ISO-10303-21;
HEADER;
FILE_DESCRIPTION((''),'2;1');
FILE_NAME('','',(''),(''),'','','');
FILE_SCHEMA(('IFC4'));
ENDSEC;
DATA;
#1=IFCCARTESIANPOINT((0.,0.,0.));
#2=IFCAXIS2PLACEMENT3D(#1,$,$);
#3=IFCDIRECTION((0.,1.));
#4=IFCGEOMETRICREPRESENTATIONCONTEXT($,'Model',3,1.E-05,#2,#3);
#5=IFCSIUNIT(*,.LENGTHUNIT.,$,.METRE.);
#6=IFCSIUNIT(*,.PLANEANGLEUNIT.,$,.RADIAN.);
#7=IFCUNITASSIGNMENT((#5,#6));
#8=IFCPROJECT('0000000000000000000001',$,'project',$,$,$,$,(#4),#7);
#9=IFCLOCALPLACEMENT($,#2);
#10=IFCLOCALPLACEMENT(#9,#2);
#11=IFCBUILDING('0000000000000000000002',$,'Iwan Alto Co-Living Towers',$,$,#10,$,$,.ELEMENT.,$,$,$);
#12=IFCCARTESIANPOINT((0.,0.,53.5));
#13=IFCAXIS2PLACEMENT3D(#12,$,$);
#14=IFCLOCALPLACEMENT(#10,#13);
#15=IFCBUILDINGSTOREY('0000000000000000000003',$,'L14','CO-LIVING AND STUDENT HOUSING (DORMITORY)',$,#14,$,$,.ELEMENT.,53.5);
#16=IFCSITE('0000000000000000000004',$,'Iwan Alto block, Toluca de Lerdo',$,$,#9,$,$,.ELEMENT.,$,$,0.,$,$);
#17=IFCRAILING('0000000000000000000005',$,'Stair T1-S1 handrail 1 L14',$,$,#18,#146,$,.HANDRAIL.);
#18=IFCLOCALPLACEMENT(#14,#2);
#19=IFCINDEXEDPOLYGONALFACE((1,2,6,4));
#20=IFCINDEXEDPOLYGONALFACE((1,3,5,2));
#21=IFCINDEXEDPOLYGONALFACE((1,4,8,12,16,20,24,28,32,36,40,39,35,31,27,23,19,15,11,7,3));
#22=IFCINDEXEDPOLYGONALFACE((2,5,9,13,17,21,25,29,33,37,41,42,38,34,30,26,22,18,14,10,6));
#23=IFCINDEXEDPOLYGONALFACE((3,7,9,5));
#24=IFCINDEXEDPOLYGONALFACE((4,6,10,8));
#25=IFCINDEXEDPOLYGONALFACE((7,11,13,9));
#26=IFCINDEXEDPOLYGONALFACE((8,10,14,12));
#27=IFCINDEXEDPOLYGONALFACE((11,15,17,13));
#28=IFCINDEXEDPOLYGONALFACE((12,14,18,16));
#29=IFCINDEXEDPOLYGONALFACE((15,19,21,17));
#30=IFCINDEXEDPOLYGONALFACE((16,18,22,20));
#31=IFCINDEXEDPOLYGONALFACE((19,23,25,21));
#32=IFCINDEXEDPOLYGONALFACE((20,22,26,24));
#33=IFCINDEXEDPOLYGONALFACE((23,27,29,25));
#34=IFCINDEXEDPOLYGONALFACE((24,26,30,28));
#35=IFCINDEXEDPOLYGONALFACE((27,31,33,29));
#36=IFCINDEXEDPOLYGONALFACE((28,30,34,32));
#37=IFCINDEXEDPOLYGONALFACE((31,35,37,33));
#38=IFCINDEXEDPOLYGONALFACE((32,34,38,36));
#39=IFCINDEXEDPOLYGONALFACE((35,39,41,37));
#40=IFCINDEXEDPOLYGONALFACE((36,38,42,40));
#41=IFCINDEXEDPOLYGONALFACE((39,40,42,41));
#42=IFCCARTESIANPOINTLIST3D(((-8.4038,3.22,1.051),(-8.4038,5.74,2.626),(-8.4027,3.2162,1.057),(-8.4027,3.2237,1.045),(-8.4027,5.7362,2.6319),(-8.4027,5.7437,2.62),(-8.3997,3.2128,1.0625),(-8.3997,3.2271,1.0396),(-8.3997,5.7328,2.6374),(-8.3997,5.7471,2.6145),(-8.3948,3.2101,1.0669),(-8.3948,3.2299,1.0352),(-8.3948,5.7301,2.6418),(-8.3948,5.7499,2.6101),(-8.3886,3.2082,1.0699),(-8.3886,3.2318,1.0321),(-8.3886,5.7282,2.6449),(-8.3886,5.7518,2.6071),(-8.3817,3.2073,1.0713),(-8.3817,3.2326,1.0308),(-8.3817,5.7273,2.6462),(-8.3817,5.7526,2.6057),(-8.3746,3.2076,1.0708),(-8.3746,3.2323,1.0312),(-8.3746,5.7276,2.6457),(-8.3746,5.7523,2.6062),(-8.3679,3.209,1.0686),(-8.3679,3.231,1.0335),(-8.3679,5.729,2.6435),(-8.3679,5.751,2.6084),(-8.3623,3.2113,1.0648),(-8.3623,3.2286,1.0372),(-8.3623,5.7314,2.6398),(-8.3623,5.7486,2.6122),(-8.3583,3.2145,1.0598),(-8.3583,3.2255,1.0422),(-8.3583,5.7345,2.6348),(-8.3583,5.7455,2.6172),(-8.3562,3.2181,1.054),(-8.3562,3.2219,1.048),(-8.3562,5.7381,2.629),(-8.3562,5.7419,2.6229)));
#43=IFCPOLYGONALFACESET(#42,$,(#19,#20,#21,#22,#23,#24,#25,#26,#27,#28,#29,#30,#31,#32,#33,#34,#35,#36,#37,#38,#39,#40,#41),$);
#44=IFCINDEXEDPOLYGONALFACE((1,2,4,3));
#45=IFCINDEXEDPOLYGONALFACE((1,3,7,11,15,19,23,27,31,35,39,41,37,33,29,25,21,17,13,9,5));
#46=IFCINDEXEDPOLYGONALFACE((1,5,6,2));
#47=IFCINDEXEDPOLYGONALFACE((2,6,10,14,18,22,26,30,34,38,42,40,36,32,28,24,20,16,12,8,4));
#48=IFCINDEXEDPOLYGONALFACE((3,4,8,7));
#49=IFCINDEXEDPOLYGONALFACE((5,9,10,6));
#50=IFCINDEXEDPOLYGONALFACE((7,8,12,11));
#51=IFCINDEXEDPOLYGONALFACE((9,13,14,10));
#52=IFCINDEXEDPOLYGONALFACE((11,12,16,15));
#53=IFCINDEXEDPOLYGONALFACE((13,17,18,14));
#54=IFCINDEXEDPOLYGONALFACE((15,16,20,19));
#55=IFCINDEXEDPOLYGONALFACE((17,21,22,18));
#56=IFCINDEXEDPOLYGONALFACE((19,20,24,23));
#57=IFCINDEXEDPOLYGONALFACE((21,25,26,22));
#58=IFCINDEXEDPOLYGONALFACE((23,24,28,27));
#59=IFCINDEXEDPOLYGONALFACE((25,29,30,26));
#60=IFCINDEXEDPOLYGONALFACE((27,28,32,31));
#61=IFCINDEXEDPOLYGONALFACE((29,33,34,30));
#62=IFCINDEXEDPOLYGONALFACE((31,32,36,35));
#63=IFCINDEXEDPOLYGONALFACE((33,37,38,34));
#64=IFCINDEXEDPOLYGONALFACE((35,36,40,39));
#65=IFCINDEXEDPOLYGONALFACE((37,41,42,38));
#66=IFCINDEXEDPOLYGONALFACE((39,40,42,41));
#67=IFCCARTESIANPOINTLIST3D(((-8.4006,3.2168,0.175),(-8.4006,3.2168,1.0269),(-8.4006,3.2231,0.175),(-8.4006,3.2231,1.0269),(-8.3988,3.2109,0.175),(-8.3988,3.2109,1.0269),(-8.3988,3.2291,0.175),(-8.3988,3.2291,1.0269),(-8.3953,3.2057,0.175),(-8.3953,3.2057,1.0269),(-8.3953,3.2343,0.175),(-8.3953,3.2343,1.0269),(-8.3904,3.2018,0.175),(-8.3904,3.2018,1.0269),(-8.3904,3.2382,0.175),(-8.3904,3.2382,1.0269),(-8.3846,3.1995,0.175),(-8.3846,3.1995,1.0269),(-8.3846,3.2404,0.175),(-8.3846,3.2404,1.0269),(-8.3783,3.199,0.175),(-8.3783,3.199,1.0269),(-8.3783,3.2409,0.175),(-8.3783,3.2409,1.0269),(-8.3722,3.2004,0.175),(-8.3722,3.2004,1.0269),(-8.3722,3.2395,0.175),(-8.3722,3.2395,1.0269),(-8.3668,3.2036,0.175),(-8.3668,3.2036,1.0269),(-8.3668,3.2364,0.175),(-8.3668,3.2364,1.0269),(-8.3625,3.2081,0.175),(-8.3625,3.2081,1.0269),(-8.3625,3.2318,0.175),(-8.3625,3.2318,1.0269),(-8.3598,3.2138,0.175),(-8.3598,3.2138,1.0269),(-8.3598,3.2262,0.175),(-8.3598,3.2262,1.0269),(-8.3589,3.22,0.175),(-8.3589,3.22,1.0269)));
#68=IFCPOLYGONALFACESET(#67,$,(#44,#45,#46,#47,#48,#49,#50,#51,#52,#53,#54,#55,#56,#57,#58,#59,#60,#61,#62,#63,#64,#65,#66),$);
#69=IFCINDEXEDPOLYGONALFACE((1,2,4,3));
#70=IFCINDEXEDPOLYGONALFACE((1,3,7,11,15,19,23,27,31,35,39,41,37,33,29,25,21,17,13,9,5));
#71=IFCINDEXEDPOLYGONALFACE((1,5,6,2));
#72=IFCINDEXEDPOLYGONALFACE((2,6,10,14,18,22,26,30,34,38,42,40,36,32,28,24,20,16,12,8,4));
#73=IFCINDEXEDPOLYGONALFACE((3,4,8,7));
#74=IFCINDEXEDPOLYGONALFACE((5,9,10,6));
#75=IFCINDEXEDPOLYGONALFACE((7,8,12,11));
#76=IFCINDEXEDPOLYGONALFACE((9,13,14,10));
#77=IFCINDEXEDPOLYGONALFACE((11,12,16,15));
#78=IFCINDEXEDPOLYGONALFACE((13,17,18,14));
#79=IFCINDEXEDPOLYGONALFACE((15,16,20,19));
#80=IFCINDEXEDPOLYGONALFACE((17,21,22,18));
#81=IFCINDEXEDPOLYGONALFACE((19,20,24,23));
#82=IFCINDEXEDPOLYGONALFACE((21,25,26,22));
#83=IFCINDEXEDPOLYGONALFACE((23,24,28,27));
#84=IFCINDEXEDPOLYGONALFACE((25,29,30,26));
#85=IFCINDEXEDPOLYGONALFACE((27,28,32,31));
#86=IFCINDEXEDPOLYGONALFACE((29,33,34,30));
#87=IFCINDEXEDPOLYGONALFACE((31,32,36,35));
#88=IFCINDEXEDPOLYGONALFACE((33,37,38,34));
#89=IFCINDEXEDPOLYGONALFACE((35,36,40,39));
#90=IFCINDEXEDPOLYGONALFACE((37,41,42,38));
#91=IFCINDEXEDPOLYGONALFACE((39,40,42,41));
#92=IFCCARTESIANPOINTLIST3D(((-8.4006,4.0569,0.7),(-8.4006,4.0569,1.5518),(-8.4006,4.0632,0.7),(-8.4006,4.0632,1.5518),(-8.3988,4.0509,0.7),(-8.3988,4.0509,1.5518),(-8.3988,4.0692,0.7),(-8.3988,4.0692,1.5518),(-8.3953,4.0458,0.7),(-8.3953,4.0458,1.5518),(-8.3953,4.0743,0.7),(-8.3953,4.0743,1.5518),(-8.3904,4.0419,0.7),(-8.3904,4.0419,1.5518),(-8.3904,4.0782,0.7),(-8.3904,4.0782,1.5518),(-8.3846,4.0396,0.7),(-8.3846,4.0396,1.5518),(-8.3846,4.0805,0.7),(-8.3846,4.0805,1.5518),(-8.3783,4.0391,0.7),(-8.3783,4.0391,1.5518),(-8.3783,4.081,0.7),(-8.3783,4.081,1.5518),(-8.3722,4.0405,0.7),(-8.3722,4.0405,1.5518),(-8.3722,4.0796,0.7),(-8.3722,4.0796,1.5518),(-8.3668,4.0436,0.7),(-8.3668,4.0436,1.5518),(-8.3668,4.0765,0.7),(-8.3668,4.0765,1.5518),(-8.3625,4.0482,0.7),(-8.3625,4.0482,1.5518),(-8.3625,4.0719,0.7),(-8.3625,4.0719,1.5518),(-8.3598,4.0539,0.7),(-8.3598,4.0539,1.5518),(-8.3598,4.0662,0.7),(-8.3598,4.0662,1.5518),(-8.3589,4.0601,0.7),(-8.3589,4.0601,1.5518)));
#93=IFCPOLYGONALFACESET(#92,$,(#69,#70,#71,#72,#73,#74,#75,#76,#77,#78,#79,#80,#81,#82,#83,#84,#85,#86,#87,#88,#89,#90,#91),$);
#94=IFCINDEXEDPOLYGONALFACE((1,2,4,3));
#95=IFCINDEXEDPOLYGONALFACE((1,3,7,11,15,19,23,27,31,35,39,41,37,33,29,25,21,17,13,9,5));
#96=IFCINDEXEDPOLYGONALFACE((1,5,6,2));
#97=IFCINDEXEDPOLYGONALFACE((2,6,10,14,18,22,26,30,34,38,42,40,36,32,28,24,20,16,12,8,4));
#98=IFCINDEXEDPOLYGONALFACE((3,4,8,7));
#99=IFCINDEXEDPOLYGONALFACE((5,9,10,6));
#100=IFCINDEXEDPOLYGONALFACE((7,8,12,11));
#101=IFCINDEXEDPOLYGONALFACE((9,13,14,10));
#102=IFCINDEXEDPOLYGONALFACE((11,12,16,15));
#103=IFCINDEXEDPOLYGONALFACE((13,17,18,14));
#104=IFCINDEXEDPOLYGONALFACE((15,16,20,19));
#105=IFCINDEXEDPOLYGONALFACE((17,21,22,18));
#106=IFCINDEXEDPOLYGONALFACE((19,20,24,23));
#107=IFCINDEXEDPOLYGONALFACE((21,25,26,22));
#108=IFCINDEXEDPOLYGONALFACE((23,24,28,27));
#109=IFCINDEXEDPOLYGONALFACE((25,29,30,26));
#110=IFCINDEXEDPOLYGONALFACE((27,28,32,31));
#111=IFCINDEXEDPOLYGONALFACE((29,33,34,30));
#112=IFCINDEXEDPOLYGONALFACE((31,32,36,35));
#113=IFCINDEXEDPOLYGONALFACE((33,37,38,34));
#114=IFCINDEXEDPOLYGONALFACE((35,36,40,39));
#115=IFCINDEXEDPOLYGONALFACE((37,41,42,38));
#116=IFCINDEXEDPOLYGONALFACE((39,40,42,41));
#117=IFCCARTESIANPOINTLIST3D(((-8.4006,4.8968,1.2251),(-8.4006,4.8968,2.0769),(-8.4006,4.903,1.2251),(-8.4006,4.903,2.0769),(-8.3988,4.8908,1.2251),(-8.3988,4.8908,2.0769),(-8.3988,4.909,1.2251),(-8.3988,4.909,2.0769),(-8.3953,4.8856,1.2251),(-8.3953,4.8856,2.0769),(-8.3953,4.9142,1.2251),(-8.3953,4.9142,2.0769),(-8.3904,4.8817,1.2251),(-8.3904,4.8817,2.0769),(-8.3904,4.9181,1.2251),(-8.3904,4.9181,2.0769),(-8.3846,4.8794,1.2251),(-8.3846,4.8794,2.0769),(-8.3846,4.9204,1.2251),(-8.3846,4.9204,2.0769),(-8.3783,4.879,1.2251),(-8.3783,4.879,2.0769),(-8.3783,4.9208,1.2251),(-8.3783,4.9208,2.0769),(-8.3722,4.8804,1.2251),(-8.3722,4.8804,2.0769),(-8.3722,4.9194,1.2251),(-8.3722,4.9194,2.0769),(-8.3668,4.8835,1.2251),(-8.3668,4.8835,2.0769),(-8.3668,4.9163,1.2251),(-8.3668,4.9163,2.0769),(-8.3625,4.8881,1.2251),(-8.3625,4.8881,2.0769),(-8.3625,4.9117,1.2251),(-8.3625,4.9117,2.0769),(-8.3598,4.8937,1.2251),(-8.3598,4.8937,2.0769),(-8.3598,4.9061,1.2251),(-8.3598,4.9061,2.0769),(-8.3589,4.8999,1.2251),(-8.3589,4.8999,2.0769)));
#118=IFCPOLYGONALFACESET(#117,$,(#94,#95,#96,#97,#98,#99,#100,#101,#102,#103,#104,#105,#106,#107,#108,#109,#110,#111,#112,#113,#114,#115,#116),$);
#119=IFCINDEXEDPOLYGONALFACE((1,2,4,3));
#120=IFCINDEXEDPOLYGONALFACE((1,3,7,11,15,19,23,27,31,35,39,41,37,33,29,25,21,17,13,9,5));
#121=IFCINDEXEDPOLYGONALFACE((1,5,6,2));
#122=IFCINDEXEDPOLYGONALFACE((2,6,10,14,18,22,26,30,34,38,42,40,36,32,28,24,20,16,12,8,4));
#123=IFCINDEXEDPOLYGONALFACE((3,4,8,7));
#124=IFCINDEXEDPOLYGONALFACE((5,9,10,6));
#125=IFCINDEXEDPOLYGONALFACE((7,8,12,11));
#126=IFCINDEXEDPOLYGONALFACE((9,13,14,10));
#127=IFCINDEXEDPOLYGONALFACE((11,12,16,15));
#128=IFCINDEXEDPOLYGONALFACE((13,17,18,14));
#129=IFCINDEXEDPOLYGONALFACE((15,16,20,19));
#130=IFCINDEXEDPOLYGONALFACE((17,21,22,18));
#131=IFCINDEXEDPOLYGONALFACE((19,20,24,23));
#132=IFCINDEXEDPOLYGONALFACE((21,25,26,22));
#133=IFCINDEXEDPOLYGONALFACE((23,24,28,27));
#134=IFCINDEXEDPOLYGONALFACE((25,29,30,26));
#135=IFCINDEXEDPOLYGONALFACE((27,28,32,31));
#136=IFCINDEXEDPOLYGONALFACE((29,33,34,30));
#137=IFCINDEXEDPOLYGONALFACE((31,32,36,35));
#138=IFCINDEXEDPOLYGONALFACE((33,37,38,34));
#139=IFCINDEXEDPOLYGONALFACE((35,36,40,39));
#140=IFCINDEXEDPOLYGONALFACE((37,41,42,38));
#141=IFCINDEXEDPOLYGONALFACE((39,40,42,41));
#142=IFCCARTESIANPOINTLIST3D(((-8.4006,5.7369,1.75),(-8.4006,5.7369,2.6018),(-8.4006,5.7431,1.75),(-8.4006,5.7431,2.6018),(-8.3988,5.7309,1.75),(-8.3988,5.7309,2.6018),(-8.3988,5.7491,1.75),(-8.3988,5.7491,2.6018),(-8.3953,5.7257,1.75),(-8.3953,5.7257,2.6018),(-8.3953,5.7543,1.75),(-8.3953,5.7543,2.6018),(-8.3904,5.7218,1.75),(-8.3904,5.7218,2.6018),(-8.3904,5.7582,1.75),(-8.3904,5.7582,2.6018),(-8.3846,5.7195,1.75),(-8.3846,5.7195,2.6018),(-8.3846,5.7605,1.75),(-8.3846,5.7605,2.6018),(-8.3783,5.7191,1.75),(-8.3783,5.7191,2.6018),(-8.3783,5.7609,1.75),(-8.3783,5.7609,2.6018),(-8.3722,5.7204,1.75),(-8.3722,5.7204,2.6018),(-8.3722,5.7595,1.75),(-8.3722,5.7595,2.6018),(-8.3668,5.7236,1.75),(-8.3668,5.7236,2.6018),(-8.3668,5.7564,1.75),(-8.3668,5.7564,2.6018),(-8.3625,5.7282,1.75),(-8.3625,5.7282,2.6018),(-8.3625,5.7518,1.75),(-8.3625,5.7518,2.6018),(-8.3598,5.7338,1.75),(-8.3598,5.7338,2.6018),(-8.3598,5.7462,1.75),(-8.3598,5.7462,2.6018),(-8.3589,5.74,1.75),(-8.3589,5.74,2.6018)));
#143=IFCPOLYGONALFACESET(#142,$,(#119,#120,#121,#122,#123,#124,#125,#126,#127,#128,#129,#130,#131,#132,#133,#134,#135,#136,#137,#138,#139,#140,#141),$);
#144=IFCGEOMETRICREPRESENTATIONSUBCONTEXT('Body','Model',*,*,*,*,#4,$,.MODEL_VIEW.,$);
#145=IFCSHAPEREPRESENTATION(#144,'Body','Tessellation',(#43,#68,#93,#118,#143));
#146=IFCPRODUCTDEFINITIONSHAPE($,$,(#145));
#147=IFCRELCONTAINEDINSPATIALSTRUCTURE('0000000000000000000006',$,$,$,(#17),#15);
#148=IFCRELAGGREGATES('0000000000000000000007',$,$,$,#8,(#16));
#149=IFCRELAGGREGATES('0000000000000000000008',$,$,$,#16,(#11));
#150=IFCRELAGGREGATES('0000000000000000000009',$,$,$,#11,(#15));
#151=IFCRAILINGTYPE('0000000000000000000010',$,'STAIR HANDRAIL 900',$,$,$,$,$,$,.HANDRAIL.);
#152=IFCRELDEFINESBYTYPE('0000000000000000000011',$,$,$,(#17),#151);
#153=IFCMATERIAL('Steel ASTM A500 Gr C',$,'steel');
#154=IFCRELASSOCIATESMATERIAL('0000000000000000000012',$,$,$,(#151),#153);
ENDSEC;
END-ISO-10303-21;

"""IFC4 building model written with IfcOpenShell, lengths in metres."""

from ifc_helpers import new_model, si_unit, direction, frame, origin, origin_2d, place, context, subcontext, project, spatial, circle, extrude, material, type_object, element, save


model = new_model("IFC4")

# Units and contexts
model_context = context("Model", 3, precision=1e-05, world=origin(), true_north=direction((0.0, 1.0)))
body_context = subcontext(model_context, "Body", "Model", "MODEL_VIEW")
ifc_project = project(units=[si_unit("LENGTHUNIT", "METRE"), si_unit("PLANEANGLEUNIT", "RADIAN")], contexts=[model_context])

# Site, building, storey
site_placement = place(None, origin())
site = spatial("IfcSite", under=ifc_project, at=site_placement, Name="Iwan Alto block, Toluca de Lerdo", CompositionType="ELEMENT", RefElevation=0.0)
building_placement = place(site_placement, origin())
building = spatial("IfcBuilding", under=site, at=building_placement, Name="Iwan Alto Co-Living Towers", CompositionType="ELEMENT")
storey_placement = place(building_placement, frame((0.0, 0.0, 53.5)))
storey = spatial("IfcBuildingStorey", under=building, at=storey_placement, Name="L14", Description="CO-LIVING AND STUDENT HOUSING (DORMITORY)", CompositionType="ELEMENT", Elevation=53.5)

# Railing
ifc_material_1 = material(Name="Steel ASTM A500 Gr C", Category="steel")
railing_type_1 = type_object("IfcRailingType", Name="STAIR HANDRAIL 900", PredefinedType="HANDRAIL", material=ifc_material_1)
railing_1_placement = place(storey_placement, frame((-8.3799, 3.22, 0.175)))
element("IfcRailing", 1, at=railing_1_placement, inside=storey, type_object=railing_type_1, Name="Stair T1-S1 handrail 1 L14", PredefinedType="HANDRAIL", context=body_context, shape_type="SweptSolid", body=[
    extrude(circle(Radius=0.0239, at=origin_2d()), frame((0.0, 0.0, 0.876), z_axis=(0.0, 0.848008, 0.529984), x_axis=(-1.0, 0.0, 0.0)), (0.0, 0.0, 1.0), 2.9717),
    extrude(circle(Radius=0.021, at=origin_2d()), origin(), (0.0, 0.0, 1.0), 0.8518),
    extrude(circle(Radius=0.021, at=origin_2d()), frame((0.0, 0.8401, 0.5249)), (0.0, 0.0, 1.0), 0.8518),
    extrude(circle(Radius=0.021, at=origin_2d()), frame((0.0, 1.6799, 1.05)), (0.0, 0.0, 1.0), 0.8518),
    extrude(circle(Radius=0.021, at=origin_2d()), frame((0.0, 2.52, 1.575)), (0.0, 0.0, 1.0), 0.8518),
])

save(model, "model.ifc")
